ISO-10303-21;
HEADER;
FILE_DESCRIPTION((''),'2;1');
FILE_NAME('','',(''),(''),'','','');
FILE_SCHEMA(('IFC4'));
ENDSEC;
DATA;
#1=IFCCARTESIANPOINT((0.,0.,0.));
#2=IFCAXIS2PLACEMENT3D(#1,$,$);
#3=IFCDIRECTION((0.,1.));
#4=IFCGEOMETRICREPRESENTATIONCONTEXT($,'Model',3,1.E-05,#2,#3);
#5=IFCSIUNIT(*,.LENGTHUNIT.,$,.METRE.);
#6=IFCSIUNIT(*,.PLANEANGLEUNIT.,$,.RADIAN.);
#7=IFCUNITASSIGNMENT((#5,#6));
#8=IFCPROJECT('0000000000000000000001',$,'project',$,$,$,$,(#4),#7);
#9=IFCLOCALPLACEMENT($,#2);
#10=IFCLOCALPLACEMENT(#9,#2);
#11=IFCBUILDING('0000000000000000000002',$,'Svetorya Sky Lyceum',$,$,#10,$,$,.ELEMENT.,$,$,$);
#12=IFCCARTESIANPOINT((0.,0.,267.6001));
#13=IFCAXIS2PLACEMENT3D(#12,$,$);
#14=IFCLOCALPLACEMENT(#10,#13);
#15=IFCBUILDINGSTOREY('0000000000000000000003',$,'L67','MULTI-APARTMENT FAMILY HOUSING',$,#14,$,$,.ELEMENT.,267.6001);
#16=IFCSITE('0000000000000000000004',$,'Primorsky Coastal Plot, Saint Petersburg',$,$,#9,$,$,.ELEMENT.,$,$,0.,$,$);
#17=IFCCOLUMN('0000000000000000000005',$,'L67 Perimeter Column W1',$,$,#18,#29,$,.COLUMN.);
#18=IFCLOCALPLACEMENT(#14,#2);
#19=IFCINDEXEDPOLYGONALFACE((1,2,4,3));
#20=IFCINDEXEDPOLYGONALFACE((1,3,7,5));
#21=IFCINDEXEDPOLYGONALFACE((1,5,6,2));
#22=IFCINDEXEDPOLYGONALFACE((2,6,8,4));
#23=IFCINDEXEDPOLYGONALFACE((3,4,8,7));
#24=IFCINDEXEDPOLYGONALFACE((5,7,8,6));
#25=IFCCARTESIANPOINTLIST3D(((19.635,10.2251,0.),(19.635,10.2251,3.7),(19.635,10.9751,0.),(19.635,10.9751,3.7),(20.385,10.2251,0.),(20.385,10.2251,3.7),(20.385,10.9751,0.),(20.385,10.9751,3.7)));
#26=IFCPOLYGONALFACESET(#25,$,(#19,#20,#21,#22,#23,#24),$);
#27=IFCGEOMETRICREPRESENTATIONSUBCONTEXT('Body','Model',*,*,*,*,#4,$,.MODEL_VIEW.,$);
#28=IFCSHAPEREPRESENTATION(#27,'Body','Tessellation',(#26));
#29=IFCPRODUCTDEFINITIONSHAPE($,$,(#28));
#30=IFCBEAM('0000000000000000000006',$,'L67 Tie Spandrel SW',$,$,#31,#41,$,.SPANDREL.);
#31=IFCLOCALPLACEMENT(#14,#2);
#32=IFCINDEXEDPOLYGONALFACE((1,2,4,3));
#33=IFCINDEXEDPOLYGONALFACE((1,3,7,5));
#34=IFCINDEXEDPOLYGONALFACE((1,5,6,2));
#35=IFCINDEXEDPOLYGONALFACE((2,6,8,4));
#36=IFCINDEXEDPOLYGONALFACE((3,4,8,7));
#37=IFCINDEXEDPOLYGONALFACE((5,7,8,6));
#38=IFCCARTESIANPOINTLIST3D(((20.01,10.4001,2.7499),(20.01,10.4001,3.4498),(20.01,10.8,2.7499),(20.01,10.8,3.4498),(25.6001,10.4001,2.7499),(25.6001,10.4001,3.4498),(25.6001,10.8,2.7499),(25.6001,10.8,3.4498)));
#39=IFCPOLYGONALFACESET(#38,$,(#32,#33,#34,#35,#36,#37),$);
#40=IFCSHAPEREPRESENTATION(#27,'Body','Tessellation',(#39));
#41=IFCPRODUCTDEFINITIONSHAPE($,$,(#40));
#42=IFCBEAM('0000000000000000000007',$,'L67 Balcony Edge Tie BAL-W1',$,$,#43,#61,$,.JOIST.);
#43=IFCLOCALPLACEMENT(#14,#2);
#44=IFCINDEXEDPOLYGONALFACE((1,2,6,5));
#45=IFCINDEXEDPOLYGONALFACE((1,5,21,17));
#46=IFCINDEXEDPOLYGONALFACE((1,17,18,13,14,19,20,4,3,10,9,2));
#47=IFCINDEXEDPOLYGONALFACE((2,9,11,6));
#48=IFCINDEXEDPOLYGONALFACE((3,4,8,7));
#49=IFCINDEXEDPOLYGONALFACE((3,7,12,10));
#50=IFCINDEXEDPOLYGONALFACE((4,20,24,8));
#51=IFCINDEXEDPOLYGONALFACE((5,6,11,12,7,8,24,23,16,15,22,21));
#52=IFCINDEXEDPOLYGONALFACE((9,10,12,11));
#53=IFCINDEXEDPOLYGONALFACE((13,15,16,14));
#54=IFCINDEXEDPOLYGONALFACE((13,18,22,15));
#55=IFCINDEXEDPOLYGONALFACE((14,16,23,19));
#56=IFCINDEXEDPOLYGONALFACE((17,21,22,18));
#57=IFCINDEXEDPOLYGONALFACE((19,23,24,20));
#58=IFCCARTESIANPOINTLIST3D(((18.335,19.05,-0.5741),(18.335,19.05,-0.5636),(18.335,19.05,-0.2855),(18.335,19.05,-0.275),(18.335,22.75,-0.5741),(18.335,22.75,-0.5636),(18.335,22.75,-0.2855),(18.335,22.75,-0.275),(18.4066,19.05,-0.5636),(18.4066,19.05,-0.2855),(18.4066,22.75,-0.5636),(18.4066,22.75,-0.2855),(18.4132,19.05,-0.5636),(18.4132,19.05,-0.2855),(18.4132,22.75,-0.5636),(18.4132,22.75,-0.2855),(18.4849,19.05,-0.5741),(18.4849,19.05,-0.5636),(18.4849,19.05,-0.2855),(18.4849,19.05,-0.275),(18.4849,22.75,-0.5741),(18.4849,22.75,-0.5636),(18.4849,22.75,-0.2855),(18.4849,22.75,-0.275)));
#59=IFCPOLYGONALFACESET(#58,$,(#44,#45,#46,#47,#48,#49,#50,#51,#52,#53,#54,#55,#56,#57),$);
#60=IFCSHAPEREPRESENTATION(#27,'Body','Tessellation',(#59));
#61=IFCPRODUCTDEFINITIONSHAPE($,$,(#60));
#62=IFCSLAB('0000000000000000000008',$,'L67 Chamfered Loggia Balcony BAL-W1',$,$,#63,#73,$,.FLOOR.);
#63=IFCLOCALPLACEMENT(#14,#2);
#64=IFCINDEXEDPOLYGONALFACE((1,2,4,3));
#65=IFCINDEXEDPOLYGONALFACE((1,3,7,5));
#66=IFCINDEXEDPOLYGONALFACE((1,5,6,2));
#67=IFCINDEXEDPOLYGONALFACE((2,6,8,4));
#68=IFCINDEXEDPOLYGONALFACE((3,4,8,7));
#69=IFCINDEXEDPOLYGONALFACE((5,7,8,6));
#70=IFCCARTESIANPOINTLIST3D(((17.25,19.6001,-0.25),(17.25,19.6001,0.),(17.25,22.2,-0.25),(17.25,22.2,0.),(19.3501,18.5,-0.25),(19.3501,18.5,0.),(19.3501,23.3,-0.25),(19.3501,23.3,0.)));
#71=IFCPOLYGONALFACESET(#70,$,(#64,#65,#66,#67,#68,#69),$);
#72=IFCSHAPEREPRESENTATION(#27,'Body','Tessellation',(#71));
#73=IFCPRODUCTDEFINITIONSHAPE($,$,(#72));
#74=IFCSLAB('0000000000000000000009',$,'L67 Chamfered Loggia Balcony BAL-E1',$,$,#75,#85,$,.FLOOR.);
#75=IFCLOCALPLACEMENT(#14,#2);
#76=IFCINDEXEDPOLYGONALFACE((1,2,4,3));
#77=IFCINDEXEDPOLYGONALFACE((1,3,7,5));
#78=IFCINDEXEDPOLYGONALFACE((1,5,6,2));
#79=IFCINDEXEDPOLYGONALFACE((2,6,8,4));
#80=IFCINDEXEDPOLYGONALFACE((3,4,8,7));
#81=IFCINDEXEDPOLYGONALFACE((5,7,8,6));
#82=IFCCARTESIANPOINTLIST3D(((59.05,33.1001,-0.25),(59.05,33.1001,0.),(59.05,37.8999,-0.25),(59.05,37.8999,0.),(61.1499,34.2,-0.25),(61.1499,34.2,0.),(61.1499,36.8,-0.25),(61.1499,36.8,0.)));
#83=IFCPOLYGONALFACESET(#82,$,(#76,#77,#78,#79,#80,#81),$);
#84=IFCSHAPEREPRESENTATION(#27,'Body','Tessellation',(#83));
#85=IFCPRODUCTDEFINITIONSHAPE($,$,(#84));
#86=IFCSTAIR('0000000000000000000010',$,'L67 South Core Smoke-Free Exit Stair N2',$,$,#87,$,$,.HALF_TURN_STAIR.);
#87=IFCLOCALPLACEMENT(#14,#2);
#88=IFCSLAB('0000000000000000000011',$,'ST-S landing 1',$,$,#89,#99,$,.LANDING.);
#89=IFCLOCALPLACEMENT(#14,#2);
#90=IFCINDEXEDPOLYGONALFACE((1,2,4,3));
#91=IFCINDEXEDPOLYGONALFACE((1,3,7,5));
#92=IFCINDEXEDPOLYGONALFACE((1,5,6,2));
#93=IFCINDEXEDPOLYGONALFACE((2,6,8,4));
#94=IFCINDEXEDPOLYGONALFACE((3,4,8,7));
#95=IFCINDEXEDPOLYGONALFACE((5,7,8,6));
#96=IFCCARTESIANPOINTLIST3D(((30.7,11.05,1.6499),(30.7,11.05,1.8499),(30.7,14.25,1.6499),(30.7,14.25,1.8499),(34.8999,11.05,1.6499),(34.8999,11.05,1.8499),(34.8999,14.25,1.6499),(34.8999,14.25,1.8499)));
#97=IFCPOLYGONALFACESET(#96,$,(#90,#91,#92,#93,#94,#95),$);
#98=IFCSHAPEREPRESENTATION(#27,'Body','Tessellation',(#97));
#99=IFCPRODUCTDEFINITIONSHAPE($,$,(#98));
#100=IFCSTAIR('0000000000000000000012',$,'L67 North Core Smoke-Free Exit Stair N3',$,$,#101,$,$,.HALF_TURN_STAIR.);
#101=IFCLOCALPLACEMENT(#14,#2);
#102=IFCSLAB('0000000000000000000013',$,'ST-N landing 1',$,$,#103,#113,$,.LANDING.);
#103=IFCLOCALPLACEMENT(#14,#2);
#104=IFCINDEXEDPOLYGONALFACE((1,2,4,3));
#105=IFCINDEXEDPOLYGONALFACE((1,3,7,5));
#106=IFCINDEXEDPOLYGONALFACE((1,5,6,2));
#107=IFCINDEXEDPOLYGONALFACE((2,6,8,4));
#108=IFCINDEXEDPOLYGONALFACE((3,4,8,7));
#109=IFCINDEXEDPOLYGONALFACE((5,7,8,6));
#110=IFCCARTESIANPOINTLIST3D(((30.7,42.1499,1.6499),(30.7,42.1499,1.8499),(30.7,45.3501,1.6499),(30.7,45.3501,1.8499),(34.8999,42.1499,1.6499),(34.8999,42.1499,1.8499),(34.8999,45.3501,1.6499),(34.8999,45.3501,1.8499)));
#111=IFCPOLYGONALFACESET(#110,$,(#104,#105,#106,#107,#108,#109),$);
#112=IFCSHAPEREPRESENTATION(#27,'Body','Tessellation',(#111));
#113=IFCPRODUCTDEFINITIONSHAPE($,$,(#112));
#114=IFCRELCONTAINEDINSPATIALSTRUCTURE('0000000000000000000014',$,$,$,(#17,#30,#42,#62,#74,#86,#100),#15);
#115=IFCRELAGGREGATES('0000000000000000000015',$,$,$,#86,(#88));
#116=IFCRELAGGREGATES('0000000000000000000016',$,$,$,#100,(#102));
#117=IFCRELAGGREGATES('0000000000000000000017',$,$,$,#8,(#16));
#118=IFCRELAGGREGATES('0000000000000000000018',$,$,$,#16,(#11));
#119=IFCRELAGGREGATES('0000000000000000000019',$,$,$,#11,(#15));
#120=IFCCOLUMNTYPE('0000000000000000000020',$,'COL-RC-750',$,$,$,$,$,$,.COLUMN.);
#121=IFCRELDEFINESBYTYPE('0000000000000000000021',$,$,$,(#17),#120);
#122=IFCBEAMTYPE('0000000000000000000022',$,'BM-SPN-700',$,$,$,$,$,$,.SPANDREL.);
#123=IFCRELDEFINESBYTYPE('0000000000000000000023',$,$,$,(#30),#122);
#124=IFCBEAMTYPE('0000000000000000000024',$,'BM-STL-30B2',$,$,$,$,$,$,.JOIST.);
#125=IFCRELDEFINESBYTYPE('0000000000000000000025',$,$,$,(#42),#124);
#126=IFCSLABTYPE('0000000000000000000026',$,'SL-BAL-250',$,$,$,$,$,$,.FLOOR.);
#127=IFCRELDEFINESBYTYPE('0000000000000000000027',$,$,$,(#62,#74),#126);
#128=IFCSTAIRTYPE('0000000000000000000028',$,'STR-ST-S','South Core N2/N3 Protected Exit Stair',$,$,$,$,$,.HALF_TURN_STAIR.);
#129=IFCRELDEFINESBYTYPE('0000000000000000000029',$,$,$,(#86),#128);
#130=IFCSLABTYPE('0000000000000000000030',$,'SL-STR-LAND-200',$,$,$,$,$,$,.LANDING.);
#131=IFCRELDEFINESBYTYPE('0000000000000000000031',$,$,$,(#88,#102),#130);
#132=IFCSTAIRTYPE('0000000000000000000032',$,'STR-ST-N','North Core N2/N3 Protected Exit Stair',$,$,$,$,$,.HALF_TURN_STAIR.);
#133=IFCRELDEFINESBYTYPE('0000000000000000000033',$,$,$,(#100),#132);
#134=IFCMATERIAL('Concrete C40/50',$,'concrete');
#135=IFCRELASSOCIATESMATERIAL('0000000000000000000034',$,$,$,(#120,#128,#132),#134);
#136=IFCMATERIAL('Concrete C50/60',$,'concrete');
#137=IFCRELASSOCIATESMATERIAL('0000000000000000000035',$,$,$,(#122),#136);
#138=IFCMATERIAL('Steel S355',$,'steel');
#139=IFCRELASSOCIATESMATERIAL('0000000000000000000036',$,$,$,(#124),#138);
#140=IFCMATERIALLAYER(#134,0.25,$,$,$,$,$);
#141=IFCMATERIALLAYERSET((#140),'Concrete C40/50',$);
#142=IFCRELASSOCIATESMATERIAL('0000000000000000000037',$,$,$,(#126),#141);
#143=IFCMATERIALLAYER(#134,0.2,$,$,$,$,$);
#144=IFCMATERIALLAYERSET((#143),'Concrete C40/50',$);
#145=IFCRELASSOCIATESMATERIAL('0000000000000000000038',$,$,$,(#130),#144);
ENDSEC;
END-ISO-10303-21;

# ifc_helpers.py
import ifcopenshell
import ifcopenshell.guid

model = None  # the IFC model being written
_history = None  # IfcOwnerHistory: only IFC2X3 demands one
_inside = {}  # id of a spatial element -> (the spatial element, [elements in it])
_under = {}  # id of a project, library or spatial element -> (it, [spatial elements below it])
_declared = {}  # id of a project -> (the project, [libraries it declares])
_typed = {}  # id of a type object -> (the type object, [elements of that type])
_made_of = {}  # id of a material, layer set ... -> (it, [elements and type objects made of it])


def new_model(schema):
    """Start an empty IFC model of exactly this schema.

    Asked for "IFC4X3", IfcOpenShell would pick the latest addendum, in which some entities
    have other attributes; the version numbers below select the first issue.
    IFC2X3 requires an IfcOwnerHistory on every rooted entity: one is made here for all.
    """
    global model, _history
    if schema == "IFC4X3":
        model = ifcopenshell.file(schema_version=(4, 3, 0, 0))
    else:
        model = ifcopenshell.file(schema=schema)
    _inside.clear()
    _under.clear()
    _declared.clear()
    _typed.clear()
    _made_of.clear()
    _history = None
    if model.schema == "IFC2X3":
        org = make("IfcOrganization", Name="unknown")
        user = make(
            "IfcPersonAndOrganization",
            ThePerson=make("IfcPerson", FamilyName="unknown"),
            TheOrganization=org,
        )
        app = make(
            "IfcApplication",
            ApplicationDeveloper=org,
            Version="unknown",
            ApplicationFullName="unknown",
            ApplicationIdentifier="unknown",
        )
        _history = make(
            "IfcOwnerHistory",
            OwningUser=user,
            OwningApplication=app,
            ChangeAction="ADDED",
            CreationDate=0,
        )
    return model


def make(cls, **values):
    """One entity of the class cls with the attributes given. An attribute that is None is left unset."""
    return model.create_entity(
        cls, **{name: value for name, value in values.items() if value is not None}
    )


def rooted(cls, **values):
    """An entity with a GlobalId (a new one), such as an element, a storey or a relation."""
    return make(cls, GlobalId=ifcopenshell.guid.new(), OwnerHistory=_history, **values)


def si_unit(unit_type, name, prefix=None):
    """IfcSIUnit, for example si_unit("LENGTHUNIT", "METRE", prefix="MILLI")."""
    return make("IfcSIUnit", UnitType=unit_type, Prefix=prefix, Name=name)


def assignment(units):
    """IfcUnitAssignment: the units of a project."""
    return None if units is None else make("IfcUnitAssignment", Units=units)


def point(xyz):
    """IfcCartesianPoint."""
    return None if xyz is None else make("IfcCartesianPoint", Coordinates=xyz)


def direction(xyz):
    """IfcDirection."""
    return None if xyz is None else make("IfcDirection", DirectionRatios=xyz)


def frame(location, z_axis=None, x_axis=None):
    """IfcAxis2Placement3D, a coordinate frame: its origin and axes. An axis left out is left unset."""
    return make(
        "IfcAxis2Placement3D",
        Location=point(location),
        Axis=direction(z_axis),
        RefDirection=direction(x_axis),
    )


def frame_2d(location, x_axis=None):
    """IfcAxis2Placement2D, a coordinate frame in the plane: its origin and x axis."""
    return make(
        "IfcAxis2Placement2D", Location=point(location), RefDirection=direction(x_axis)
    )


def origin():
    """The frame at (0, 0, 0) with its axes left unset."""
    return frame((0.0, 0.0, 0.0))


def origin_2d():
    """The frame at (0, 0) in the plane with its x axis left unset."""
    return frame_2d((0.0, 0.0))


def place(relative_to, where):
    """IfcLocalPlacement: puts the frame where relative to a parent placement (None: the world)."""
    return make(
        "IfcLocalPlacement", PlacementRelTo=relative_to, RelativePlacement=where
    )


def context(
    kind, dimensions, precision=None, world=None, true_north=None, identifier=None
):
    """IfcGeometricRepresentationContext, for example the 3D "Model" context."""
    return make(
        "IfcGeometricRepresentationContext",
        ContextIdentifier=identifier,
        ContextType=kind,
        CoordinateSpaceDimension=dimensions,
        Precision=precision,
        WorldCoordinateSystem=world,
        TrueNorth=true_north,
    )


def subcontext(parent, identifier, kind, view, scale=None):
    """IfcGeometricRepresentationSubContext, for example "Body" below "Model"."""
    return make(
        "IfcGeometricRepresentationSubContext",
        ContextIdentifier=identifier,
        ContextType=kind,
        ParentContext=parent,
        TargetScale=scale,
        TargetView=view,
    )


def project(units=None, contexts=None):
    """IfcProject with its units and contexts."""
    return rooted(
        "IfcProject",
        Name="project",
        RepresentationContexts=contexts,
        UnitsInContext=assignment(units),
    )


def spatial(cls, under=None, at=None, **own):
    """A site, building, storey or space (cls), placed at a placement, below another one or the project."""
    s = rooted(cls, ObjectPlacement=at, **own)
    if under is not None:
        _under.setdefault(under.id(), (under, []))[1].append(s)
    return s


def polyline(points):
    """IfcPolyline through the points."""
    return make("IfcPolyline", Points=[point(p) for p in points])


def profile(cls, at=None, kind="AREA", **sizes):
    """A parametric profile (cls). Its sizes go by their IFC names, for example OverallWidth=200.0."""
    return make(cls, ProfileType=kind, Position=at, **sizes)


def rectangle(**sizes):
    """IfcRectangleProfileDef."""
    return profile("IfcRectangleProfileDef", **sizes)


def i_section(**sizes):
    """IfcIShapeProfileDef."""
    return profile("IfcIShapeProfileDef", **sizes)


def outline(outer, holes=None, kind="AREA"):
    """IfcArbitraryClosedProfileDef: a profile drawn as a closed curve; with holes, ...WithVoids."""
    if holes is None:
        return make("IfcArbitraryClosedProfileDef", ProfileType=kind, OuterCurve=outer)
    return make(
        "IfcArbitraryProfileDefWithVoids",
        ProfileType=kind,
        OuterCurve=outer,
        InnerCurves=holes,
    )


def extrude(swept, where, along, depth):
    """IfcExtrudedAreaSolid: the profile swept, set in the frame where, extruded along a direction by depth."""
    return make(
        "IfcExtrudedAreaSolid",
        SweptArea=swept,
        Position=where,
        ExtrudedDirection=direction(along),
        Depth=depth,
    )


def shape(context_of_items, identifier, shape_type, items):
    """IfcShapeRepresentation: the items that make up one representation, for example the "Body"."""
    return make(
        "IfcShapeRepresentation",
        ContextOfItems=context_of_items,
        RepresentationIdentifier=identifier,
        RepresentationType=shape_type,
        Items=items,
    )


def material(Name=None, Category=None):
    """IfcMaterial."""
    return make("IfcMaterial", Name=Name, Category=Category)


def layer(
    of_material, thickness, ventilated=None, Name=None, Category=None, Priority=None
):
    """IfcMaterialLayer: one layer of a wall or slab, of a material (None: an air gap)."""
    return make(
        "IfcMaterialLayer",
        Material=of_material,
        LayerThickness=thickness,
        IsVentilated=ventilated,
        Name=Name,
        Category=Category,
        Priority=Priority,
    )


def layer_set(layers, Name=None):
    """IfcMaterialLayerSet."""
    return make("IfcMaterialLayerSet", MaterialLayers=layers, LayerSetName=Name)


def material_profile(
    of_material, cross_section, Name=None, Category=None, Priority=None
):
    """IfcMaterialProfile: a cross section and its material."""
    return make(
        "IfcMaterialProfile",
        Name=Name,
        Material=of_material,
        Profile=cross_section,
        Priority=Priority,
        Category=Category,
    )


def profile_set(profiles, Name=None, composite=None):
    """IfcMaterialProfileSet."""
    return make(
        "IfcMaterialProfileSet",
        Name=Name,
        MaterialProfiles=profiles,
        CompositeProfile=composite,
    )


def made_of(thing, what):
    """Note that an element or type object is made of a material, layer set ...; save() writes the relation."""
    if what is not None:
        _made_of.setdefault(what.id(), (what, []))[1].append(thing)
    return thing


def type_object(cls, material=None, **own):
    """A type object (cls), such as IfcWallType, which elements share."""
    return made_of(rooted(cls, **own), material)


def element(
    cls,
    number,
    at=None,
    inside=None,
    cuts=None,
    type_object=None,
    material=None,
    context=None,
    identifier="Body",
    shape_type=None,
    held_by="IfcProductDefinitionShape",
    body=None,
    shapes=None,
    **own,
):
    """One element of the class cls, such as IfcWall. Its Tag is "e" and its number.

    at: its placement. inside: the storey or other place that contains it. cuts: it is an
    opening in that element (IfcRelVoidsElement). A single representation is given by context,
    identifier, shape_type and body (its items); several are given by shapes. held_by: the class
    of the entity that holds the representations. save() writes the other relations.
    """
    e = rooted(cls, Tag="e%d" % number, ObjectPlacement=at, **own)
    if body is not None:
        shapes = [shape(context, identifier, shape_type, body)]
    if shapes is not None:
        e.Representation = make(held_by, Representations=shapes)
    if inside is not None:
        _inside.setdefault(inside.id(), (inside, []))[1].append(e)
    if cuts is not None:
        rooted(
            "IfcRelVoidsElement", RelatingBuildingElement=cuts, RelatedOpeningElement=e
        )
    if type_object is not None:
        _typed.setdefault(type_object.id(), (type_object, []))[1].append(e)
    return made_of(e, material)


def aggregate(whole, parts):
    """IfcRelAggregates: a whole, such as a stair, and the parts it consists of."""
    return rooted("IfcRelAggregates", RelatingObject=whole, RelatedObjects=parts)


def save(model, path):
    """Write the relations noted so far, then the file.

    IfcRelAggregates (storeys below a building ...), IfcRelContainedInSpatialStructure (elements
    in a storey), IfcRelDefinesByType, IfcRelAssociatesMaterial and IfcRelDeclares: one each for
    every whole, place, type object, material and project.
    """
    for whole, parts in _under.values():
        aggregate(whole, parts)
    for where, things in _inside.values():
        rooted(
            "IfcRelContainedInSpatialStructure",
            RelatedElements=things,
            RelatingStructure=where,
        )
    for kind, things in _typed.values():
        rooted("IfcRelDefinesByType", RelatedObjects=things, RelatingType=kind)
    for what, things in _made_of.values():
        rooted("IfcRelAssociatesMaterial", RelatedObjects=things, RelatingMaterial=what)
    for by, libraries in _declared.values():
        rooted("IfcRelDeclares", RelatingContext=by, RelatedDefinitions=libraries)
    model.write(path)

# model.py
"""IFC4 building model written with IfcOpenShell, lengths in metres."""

from ifc_helpers import new_model, si_unit, direction, frame, origin, origin_2d, place, context, subcontext, project, spatial, polyline, rectangle, i_section, outline, extrude, material, layer, layer_set, material_profile, profile_set, type_object, element, aggregate, save


model = new_model("IFC4")

# Units and contexts
model_context = context("Model", 3, precision=1e-05, world=origin(), true_north=direction((0.0, 1.0)))
body_context = subcontext(model_context, "Body", "Model", "MODEL_VIEW")
ifc_project = project(units=[si_unit("LENGTHUNIT", "METRE"), si_unit("PLANEANGLEUNIT", "RADIAN")], contexts=[model_context])

# Site, building, storey
site_placement = place(None, origin())
site = spatial("IfcSite", under=ifc_project, at=site_placement, Name="Primorsky Coastal Plot, Saint Petersburg", CompositionType="ELEMENT", RefElevation=0.0)
building_placement = place(site_placement, origin())
building = spatial("IfcBuilding", under=site, at=building_placement, Name="Svetorya Sky Lyceum", CompositionType="ELEMENT")
storey_placement = place(building_placement, frame((0.0, 0.0, 267.6001)))
storey = spatial("IfcBuildingStorey", under=building, at=storey_placement, Name="L67", Description="MULTI-APARTMENT FAMILY HOUSING", CompositionType="ELEMENT", Elevation=267.6001)

# Column
ifc_material_1 = material(Name="Concrete C40/50", Category="concrete")
ifc_material_profile_1 = material_profile(ifc_material_1, rectangle(XDim=0.75, YDim=0.75, at=origin_2d()), Name="RC COL 750x750")
ifc_profile_set_1 = profile_set([ifc_material_profile_1], Name="Concrete C40/50")
column_type = type_object("IfcColumnType", Name="COL-RC-750", PredefinedType="COLUMN", material=ifc_profile_set_1)
column_placement = place(storey_placement, frame((20.01, 10.6001, 0.0), z_axis=(0.0, 0.0, 1.0), x_axis=(1.0, 0.0, 0.0)))
element("IfcColumn", 1, at=column_placement, inside=storey, type_object=column_type, Name="L67 Perimeter Column W1", PredefinedType="COLUMN", context=body_context, shape_type="SweptSolid", body=[
    extrude(rectangle(XDim=0.75, YDim=0.75, at=origin_2d()), origin(), (0.0, 0.0, 1.0), 3.7),
])

# Beams
ifc_material_2 = material(Name="Concrete C50/60", Category="concrete")
ifc_material_profile_2 = material_profile(ifc_material_2, rectangle(XDim=0.3999, YDim=0.7, at=origin_2d()), Name="RC SPANDREL 400x700")
ifc_profile_set_2 = profile_set([ifc_material_profile_2], Name="Concrete C50/60")
beam_type_1 = type_object("IfcBeamType", Name="BM-SPN-700", PredefinedType="SPANDREL", material=ifc_profile_set_2)
beam_1_placement = place(storey_placement, frame((20.01, 10.6001, 3.0999), z_axis=(1.0, 0.0, 0.0), x_axis=(0.0, 1.0, 0.0)))
element("IfcBeam", 2, at=beam_1_placement, inside=storey, type_object=beam_type_1, Name="L67 Tie Spandrel SW", PredefinedType="SPANDREL", context=body_context, shape_type="SweptSolid", body=[
    extrude(rectangle(XDim=0.3999, YDim=0.7, at=origin_2d()), origin(), (0.0, 0.0, 1.0), 5.5901),
])
ifc_material_3 = material(Name="Steel S355", Category="steel")
ifc_material_profile_3 = material_profile(ifc_material_3, i_section(OverallWidth=0.1499, OverallDepth=0.2991, WebThickness=0.0066, FlangeThickness=0.0105, at=origin_2d()), Name="GOST 30B2")
ifc_profile_set_3 = profile_set([ifc_material_profile_3], Name="Steel S355")
beam_type_2 = type_object("IfcBeamType", Name="BM-STL-30B2", PredefinedType="JOIST", material=ifc_profile_set_3)
beam_2_placement = place(storey_placement, frame((18.4099, 19.05, -0.4246), z_axis=(0.0, 1.0, 0.0), x_axis=(-1.0, 0.0, 0.0)))
element("IfcBeam", 3, at=beam_2_placement, inside=storey, type_object=beam_type_2, Name="L67 Balcony Edge Tie BAL-W1", PredefinedType="JOIST", context=body_context, shape_type="SweptSolid", body=[
    extrude(i_section(OverallWidth=0.1499, OverallDepth=0.2991, WebThickness=0.0066, FlangeThickness=0.0105, at=origin_2d()), origin(), (0.0, 0.0, 1.0), 3.7),
])

# Slabs
ifc_layer_1 = layer(ifc_material_1, 0.25)
ifc_layer_set_1 = layer_set([ifc_layer_1], Name="Concrete C40/50")
slab_type_1 = type_object("IfcSlabType", Name="SL-BAL-250", PredefinedType="FLOOR", material=ifc_layer_set_1)
slab_1_placement = place(storey_placement, frame((0.0, 0.0, -0.25)))
element("IfcSlab", 4, at=slab_1_placement, inside=storey, type_object=slab_type_1, Name="L67 Chamfered Loggia Balcony BAL-W1", PredefinedType="FLOOR", context=body_context, shape_type="SweptSolid", body=[
    extrude(outline(polyline([(19.3501, 18.5), (19.3501, 23.3), (17.25, 22.2), (17.25, 19.6001), (19.3501, 18.5)])), origin(), (0.0, 0.0, 1.0), 0.25),
])
slab_2_placement = place(storey_placement, frame((0.0, 0.0, -0.25)))
element("IfcSlab", 5, at=slab_2_placement, inside=storey, type_object=slab_type_1, Name="L67 Chamfered Loggia Balcony BAL-E1", PredefinedType="FLOOR", context=body_context, shape_type="SweptSolid", body=[
    extrude(outline(polyline([(59.05, 33.1001), (61.1499, 34.2), (61.1499, 36.8), (59.05, 37.8999), (59.05, 33.1001)])), origin(), (0.0, 0.0, 1.0), 0.25),
])

# Stairs, slabs
stair_type_1 = type_object("IfcStairType", Name="STR-ST-S", Description="South Core N2/N3 Protected Exit Stair", PredefinedType="HALF_TURN_STAIR", material=ifc_material_1)
stair_1_placement = place(storey_placement, origin())
stair_1 = element("IfcStair", 6, at=stair_1_placement, inside=storey, type_object=stair_type_1, Name="L67 South Core Smoke-Free Exit Stair N2", PredefinedType="HALF_TURN_STAIR")
ifc_layer_2 = layer(ifc_material_1, 0.2)
ifc_layer_set_2 = layer_set([ifc_layer_2], Name="Concrete C40/50")
slab_type_2 = type_object("IfcSlabType", Name="SL-STR-LAND-200", PredefinedType="LANDING", material=ifc_layer_set_2)
slab_3_placement = place(storey_placement, frame((0.0, 0.0, 1.6499)))
slab_3 = element("IfcSlab", 7, at=slab_3_placement, type_object=slab_type_2, Name="ST-S landing 1", PredefinedType="LANDING", context=body_context, shape_type="SweptSolid", body=[
    extrude(outline(polyline([(30.7, 11.05), (34.8999, 11.05), (34.8999, 14.25), (30.7, 14.25), (30.7, 11.05)])), origin(), (0.0, 0.0, 1.0), 0.2),
])
aggregate(stair_1, [slab_3])
stair_type_2 = type_object("IfcStairType", Name="STR-ST-N", Description="North Core N2/N3 Protected Exit Stair", PredefinedType="HALF_TURN_STAIR", material=ifc_material_1)
stair_2_placement = place(storey_placement, origin())
stair_2 = element("IfcStair", 8, at=stair_2_placement, inside=storey, type_object=stair_type_2, Name="L67 North Core Smoke-Free Exit Stair N3", PredefinedType="HALF_TURN_STAIR")
slab_4_placement = place(storey_placement, frame((0.0, 0.0, 1.6499)))
slab_4 = element("IfcSlab", 9, at=slab_4_placement, type_object=slab_type_2, Name="ST-N landing 1", PredefinedType="LANDING", context=body_context, shape_type="SweptSolid", body=[
    extrude(outline(polyline([(30.7, 42.1499), (34.8999, 42.1499), (34.8999, 45.3501), (30.7, 45.3501), (30.7, 42.1499)])), origin(), (0.0, 0.0, 1.0), 0.2),
])
aggregate(stair_2, [slab_4])

save(model, "model.ifc")
